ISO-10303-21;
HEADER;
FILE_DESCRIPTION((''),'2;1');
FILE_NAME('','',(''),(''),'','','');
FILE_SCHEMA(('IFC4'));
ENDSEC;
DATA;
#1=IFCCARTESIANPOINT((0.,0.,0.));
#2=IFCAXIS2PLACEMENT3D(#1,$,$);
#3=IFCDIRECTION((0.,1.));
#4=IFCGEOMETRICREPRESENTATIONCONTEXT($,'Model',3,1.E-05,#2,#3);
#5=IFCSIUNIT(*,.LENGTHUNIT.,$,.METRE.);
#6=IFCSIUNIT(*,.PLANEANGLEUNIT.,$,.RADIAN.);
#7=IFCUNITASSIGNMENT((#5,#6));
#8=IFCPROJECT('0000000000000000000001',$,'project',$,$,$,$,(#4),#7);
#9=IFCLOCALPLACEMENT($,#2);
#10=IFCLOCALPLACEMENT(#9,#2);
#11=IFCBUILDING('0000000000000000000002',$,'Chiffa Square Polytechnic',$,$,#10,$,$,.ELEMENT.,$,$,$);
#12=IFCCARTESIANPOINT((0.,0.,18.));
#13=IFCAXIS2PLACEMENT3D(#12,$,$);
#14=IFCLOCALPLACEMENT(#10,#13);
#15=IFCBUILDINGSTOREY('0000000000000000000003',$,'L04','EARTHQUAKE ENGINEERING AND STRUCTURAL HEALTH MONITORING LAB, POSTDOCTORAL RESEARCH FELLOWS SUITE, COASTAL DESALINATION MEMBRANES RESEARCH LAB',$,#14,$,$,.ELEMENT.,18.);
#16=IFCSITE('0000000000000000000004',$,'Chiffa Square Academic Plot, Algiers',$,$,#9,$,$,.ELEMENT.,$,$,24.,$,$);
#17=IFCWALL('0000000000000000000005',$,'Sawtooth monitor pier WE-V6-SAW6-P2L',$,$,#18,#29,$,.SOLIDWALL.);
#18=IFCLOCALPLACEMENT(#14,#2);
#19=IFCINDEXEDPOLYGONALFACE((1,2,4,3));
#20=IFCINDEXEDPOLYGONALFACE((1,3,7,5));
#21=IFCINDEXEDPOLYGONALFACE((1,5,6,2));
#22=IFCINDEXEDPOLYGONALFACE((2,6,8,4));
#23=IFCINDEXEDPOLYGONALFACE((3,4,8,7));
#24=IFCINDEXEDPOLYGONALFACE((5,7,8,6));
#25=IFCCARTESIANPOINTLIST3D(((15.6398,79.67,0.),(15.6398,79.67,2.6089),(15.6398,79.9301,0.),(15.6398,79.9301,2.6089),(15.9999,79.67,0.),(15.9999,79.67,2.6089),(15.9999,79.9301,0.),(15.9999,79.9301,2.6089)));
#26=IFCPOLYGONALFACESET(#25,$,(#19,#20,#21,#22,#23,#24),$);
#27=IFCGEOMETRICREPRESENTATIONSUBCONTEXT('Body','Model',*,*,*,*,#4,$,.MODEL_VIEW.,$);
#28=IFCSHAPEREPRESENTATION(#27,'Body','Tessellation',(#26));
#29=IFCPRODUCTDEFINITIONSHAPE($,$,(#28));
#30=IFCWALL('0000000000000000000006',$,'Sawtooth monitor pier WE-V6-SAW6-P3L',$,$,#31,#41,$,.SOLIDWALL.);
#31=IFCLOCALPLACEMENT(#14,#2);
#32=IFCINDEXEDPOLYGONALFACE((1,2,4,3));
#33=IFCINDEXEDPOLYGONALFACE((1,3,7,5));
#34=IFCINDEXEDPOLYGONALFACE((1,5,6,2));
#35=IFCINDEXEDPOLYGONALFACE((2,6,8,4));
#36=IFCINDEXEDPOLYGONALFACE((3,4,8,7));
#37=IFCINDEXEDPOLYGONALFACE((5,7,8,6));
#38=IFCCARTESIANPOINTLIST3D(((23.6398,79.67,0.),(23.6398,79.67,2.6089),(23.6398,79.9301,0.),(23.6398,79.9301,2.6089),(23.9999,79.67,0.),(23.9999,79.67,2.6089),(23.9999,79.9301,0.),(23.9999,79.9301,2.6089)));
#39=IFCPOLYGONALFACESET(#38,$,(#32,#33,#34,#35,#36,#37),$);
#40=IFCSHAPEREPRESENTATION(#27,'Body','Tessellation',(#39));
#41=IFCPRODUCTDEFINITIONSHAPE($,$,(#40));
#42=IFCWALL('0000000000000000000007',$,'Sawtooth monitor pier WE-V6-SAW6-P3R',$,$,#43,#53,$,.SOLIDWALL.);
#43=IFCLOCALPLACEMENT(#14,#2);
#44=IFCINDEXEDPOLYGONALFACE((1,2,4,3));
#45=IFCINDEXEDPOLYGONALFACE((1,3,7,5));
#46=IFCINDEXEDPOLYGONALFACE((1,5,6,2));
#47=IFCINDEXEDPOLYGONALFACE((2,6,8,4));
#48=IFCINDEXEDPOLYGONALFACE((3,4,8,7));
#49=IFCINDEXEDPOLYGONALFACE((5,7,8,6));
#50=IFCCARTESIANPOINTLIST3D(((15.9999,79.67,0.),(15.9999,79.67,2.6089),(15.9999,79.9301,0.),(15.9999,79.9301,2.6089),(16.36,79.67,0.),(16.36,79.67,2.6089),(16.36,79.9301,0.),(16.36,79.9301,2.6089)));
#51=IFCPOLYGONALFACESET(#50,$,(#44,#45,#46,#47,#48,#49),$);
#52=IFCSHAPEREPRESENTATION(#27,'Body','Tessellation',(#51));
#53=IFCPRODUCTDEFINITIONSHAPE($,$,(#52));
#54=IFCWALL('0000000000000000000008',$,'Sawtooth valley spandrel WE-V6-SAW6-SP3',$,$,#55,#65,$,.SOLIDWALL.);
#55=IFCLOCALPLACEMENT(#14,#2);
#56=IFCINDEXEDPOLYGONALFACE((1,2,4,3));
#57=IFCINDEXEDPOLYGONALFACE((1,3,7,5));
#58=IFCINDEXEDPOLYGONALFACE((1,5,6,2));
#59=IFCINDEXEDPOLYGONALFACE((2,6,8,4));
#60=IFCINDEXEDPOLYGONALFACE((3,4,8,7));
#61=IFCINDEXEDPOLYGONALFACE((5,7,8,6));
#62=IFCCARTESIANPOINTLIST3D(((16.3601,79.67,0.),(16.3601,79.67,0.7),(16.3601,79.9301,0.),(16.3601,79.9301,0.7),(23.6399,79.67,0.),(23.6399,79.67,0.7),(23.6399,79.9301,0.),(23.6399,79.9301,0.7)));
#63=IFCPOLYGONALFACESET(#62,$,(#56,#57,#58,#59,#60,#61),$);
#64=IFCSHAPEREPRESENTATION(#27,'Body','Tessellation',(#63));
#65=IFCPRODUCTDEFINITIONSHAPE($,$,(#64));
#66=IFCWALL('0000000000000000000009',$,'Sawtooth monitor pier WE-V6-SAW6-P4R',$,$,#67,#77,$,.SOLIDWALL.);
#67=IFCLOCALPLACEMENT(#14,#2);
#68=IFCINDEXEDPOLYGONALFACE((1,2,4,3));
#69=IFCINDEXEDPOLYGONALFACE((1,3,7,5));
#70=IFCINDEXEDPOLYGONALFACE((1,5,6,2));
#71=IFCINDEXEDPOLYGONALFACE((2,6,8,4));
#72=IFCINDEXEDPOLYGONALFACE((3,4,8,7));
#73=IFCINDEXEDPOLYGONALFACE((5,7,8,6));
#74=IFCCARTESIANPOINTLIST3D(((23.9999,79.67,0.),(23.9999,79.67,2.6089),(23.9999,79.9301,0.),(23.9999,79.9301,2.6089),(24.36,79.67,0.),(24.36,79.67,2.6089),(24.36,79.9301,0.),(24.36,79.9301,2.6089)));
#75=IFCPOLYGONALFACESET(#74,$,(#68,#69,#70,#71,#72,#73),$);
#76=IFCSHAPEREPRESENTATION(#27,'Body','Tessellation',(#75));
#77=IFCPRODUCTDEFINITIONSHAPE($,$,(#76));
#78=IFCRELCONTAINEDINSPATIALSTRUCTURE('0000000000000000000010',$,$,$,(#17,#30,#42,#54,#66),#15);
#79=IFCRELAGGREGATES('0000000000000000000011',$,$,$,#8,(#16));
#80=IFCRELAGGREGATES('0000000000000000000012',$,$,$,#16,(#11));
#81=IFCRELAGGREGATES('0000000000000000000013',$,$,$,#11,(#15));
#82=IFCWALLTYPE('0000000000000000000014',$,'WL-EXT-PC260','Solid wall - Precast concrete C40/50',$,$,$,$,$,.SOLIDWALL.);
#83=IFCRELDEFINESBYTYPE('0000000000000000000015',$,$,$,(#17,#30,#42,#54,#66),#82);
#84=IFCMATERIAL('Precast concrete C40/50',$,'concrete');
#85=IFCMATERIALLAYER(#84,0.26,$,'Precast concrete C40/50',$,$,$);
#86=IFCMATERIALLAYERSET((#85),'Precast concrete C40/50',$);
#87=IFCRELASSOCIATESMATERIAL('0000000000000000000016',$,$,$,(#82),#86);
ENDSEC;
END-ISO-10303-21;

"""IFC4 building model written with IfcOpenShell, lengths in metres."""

from ifc_helpers import new_model, si_unit, direction, frame, frame_2d, origin, place, context, subcontext, project, spatial, rectangle, extrude, material, layer, layer_set, type_object, element, save


model = new_model("IFC4")

# Units and contexts
model_context = context("Model", 3, precision=1e-05, world=origin(), true_north=direction((0.0, 1.0)))
body_context = subcontext(model_context, "Body", "Model", "MODEL_VIEW")
ifc_project = project(units=[si_unit("LENGTHUNIT", "METRE"), si_unit("PLANEANGLEUNIT", "RADIAN")], contexts=[model_context])

# Site, building, storey
site_placement = place(None, origin())
site = spatial("IfcSite", under=ifc_project, at=site_placement, Name="Chiffa Square Academic Plot, Algiers", CompositionType="ELEMENT", RefElevation=24.0)
building_placement = place(site_placement, origin())
building = spatial("IfcBuilding", under=site, at=building_placement, Name="Chiffa Square Polytechnic", CompositionType="ELEMENT")
storey_placement = place(building_placement, frame((0.0, 0.0, 18.0)))
storey = spatial("IfcBuildingStorey", under=building, at=storey_placement, Name="L04", Description="EARTHQUAKE ENGINEERING AND STRUCTURAL HEALTH MONITORING LAB, POSTDOCTORAL RESEARCH FELLOWS SUITE, COASTAL DESALINATION MEMBRANES RESEARCH LAB", CompositionType="ELEMENT", Elevation=18.0)

# Walls
ifc_material_1 = material(Name="Precast concrete C40/50", Category="concrete")
ifc_layer_1 = layer(ifc_material_1, 0.26, Name="Precast concrete C40/50")
ifc_layer_set_1 = layer_set([ifc_layer_1], Name="Precast concrete C40/50")
wall_type = type_object("IfcWallType", Name="WL-EXT-PC260", Description="Solid wall - Precast concrete C40/50", PredefinedType="SOLIDWALL", material=ifc_layer_set_1)
for number, where, z_axis, x_axis, name in (
    (1, (16.0, 79.8, 0.0), (0.0, 0.0, 1.0), (-1.0, 0.0, 0.0), "Sawtooth monitor pier WE-V6-SAW6-P2L"),
    (2, (24.0, 79.8, 0.0), (0.0, 0.0, 1.0), (-1.0, 0.0, 0.0), "Sawtooth monitor pier WE-V6-SAW6-P3L"),
    (3, (16.3601, 79.8, 0.0), (0.0, 0.0, 1.0), (-1.0, 0.0, 0.0), "Sawtooth monitor pier WE-V6-SAW6-P3R"),
):
    element("IfcWall", number, at=place(storey_placement, frame(where, z_axis=z_axis, x_axis=x_axis)), inside=storey, type_object=wall_type, Name=name, PredefinedType="SOLIDWALL", context=body_context, shape_type="SweptSolid", body=[
        extrude(rectangle(XDim=0.3601, YDim=0.26, at=frame_2d((0.1802, 0.0))), origin(), (0.0, 0.0, 1.0), 2.6089),
    ])
wall_1_placement = place(storey_placement, frame((16.3601, 79.8, 0.0), z_axis=(0.0, 0.0, 1.0), x_axis=(1.0, 0.0, 0.0)))
element("IfcWall", 4, at=wall_1_placement, inside=storey, type_object=wall_type, Name="Sawtooth valley spandrel WE-V6-SAW6-SP3", PredefinedType="SOLIDWALL", context=body_context, shape_type="SweptSolid", body=[
    extrude(rectangle(XDim=7.2798, YDim=0.26, at=frame_2d((3.6399, 0.0))), origin(), (0.0, 0.0, 1.0), 0.7),
])
wall_2_placement = place(storey_placement, frame((24.3601, 79.8, 0.0), z_axis=(0.0, 0.0, 1.0), x_axis=(-1.0, 0.0, 0.0)))
element("IfcWall", 5, at=wall_2_placement, inside=storey, type_object=wall_type, Name="Sawtooth monitor pier WE-V6-SAW6-P4R", PredefinedType="SOLIDWALL", context=body_context, shape_type="SweptSolid", body=[
    extrude(rectangle(XDim=0.3601, YDim=0.26, at=frame_2d((0.1802, 0.0))), origin(), (0.0, 0.0, 1.0), 2.6089),
])

save(model, "model.ifc")
